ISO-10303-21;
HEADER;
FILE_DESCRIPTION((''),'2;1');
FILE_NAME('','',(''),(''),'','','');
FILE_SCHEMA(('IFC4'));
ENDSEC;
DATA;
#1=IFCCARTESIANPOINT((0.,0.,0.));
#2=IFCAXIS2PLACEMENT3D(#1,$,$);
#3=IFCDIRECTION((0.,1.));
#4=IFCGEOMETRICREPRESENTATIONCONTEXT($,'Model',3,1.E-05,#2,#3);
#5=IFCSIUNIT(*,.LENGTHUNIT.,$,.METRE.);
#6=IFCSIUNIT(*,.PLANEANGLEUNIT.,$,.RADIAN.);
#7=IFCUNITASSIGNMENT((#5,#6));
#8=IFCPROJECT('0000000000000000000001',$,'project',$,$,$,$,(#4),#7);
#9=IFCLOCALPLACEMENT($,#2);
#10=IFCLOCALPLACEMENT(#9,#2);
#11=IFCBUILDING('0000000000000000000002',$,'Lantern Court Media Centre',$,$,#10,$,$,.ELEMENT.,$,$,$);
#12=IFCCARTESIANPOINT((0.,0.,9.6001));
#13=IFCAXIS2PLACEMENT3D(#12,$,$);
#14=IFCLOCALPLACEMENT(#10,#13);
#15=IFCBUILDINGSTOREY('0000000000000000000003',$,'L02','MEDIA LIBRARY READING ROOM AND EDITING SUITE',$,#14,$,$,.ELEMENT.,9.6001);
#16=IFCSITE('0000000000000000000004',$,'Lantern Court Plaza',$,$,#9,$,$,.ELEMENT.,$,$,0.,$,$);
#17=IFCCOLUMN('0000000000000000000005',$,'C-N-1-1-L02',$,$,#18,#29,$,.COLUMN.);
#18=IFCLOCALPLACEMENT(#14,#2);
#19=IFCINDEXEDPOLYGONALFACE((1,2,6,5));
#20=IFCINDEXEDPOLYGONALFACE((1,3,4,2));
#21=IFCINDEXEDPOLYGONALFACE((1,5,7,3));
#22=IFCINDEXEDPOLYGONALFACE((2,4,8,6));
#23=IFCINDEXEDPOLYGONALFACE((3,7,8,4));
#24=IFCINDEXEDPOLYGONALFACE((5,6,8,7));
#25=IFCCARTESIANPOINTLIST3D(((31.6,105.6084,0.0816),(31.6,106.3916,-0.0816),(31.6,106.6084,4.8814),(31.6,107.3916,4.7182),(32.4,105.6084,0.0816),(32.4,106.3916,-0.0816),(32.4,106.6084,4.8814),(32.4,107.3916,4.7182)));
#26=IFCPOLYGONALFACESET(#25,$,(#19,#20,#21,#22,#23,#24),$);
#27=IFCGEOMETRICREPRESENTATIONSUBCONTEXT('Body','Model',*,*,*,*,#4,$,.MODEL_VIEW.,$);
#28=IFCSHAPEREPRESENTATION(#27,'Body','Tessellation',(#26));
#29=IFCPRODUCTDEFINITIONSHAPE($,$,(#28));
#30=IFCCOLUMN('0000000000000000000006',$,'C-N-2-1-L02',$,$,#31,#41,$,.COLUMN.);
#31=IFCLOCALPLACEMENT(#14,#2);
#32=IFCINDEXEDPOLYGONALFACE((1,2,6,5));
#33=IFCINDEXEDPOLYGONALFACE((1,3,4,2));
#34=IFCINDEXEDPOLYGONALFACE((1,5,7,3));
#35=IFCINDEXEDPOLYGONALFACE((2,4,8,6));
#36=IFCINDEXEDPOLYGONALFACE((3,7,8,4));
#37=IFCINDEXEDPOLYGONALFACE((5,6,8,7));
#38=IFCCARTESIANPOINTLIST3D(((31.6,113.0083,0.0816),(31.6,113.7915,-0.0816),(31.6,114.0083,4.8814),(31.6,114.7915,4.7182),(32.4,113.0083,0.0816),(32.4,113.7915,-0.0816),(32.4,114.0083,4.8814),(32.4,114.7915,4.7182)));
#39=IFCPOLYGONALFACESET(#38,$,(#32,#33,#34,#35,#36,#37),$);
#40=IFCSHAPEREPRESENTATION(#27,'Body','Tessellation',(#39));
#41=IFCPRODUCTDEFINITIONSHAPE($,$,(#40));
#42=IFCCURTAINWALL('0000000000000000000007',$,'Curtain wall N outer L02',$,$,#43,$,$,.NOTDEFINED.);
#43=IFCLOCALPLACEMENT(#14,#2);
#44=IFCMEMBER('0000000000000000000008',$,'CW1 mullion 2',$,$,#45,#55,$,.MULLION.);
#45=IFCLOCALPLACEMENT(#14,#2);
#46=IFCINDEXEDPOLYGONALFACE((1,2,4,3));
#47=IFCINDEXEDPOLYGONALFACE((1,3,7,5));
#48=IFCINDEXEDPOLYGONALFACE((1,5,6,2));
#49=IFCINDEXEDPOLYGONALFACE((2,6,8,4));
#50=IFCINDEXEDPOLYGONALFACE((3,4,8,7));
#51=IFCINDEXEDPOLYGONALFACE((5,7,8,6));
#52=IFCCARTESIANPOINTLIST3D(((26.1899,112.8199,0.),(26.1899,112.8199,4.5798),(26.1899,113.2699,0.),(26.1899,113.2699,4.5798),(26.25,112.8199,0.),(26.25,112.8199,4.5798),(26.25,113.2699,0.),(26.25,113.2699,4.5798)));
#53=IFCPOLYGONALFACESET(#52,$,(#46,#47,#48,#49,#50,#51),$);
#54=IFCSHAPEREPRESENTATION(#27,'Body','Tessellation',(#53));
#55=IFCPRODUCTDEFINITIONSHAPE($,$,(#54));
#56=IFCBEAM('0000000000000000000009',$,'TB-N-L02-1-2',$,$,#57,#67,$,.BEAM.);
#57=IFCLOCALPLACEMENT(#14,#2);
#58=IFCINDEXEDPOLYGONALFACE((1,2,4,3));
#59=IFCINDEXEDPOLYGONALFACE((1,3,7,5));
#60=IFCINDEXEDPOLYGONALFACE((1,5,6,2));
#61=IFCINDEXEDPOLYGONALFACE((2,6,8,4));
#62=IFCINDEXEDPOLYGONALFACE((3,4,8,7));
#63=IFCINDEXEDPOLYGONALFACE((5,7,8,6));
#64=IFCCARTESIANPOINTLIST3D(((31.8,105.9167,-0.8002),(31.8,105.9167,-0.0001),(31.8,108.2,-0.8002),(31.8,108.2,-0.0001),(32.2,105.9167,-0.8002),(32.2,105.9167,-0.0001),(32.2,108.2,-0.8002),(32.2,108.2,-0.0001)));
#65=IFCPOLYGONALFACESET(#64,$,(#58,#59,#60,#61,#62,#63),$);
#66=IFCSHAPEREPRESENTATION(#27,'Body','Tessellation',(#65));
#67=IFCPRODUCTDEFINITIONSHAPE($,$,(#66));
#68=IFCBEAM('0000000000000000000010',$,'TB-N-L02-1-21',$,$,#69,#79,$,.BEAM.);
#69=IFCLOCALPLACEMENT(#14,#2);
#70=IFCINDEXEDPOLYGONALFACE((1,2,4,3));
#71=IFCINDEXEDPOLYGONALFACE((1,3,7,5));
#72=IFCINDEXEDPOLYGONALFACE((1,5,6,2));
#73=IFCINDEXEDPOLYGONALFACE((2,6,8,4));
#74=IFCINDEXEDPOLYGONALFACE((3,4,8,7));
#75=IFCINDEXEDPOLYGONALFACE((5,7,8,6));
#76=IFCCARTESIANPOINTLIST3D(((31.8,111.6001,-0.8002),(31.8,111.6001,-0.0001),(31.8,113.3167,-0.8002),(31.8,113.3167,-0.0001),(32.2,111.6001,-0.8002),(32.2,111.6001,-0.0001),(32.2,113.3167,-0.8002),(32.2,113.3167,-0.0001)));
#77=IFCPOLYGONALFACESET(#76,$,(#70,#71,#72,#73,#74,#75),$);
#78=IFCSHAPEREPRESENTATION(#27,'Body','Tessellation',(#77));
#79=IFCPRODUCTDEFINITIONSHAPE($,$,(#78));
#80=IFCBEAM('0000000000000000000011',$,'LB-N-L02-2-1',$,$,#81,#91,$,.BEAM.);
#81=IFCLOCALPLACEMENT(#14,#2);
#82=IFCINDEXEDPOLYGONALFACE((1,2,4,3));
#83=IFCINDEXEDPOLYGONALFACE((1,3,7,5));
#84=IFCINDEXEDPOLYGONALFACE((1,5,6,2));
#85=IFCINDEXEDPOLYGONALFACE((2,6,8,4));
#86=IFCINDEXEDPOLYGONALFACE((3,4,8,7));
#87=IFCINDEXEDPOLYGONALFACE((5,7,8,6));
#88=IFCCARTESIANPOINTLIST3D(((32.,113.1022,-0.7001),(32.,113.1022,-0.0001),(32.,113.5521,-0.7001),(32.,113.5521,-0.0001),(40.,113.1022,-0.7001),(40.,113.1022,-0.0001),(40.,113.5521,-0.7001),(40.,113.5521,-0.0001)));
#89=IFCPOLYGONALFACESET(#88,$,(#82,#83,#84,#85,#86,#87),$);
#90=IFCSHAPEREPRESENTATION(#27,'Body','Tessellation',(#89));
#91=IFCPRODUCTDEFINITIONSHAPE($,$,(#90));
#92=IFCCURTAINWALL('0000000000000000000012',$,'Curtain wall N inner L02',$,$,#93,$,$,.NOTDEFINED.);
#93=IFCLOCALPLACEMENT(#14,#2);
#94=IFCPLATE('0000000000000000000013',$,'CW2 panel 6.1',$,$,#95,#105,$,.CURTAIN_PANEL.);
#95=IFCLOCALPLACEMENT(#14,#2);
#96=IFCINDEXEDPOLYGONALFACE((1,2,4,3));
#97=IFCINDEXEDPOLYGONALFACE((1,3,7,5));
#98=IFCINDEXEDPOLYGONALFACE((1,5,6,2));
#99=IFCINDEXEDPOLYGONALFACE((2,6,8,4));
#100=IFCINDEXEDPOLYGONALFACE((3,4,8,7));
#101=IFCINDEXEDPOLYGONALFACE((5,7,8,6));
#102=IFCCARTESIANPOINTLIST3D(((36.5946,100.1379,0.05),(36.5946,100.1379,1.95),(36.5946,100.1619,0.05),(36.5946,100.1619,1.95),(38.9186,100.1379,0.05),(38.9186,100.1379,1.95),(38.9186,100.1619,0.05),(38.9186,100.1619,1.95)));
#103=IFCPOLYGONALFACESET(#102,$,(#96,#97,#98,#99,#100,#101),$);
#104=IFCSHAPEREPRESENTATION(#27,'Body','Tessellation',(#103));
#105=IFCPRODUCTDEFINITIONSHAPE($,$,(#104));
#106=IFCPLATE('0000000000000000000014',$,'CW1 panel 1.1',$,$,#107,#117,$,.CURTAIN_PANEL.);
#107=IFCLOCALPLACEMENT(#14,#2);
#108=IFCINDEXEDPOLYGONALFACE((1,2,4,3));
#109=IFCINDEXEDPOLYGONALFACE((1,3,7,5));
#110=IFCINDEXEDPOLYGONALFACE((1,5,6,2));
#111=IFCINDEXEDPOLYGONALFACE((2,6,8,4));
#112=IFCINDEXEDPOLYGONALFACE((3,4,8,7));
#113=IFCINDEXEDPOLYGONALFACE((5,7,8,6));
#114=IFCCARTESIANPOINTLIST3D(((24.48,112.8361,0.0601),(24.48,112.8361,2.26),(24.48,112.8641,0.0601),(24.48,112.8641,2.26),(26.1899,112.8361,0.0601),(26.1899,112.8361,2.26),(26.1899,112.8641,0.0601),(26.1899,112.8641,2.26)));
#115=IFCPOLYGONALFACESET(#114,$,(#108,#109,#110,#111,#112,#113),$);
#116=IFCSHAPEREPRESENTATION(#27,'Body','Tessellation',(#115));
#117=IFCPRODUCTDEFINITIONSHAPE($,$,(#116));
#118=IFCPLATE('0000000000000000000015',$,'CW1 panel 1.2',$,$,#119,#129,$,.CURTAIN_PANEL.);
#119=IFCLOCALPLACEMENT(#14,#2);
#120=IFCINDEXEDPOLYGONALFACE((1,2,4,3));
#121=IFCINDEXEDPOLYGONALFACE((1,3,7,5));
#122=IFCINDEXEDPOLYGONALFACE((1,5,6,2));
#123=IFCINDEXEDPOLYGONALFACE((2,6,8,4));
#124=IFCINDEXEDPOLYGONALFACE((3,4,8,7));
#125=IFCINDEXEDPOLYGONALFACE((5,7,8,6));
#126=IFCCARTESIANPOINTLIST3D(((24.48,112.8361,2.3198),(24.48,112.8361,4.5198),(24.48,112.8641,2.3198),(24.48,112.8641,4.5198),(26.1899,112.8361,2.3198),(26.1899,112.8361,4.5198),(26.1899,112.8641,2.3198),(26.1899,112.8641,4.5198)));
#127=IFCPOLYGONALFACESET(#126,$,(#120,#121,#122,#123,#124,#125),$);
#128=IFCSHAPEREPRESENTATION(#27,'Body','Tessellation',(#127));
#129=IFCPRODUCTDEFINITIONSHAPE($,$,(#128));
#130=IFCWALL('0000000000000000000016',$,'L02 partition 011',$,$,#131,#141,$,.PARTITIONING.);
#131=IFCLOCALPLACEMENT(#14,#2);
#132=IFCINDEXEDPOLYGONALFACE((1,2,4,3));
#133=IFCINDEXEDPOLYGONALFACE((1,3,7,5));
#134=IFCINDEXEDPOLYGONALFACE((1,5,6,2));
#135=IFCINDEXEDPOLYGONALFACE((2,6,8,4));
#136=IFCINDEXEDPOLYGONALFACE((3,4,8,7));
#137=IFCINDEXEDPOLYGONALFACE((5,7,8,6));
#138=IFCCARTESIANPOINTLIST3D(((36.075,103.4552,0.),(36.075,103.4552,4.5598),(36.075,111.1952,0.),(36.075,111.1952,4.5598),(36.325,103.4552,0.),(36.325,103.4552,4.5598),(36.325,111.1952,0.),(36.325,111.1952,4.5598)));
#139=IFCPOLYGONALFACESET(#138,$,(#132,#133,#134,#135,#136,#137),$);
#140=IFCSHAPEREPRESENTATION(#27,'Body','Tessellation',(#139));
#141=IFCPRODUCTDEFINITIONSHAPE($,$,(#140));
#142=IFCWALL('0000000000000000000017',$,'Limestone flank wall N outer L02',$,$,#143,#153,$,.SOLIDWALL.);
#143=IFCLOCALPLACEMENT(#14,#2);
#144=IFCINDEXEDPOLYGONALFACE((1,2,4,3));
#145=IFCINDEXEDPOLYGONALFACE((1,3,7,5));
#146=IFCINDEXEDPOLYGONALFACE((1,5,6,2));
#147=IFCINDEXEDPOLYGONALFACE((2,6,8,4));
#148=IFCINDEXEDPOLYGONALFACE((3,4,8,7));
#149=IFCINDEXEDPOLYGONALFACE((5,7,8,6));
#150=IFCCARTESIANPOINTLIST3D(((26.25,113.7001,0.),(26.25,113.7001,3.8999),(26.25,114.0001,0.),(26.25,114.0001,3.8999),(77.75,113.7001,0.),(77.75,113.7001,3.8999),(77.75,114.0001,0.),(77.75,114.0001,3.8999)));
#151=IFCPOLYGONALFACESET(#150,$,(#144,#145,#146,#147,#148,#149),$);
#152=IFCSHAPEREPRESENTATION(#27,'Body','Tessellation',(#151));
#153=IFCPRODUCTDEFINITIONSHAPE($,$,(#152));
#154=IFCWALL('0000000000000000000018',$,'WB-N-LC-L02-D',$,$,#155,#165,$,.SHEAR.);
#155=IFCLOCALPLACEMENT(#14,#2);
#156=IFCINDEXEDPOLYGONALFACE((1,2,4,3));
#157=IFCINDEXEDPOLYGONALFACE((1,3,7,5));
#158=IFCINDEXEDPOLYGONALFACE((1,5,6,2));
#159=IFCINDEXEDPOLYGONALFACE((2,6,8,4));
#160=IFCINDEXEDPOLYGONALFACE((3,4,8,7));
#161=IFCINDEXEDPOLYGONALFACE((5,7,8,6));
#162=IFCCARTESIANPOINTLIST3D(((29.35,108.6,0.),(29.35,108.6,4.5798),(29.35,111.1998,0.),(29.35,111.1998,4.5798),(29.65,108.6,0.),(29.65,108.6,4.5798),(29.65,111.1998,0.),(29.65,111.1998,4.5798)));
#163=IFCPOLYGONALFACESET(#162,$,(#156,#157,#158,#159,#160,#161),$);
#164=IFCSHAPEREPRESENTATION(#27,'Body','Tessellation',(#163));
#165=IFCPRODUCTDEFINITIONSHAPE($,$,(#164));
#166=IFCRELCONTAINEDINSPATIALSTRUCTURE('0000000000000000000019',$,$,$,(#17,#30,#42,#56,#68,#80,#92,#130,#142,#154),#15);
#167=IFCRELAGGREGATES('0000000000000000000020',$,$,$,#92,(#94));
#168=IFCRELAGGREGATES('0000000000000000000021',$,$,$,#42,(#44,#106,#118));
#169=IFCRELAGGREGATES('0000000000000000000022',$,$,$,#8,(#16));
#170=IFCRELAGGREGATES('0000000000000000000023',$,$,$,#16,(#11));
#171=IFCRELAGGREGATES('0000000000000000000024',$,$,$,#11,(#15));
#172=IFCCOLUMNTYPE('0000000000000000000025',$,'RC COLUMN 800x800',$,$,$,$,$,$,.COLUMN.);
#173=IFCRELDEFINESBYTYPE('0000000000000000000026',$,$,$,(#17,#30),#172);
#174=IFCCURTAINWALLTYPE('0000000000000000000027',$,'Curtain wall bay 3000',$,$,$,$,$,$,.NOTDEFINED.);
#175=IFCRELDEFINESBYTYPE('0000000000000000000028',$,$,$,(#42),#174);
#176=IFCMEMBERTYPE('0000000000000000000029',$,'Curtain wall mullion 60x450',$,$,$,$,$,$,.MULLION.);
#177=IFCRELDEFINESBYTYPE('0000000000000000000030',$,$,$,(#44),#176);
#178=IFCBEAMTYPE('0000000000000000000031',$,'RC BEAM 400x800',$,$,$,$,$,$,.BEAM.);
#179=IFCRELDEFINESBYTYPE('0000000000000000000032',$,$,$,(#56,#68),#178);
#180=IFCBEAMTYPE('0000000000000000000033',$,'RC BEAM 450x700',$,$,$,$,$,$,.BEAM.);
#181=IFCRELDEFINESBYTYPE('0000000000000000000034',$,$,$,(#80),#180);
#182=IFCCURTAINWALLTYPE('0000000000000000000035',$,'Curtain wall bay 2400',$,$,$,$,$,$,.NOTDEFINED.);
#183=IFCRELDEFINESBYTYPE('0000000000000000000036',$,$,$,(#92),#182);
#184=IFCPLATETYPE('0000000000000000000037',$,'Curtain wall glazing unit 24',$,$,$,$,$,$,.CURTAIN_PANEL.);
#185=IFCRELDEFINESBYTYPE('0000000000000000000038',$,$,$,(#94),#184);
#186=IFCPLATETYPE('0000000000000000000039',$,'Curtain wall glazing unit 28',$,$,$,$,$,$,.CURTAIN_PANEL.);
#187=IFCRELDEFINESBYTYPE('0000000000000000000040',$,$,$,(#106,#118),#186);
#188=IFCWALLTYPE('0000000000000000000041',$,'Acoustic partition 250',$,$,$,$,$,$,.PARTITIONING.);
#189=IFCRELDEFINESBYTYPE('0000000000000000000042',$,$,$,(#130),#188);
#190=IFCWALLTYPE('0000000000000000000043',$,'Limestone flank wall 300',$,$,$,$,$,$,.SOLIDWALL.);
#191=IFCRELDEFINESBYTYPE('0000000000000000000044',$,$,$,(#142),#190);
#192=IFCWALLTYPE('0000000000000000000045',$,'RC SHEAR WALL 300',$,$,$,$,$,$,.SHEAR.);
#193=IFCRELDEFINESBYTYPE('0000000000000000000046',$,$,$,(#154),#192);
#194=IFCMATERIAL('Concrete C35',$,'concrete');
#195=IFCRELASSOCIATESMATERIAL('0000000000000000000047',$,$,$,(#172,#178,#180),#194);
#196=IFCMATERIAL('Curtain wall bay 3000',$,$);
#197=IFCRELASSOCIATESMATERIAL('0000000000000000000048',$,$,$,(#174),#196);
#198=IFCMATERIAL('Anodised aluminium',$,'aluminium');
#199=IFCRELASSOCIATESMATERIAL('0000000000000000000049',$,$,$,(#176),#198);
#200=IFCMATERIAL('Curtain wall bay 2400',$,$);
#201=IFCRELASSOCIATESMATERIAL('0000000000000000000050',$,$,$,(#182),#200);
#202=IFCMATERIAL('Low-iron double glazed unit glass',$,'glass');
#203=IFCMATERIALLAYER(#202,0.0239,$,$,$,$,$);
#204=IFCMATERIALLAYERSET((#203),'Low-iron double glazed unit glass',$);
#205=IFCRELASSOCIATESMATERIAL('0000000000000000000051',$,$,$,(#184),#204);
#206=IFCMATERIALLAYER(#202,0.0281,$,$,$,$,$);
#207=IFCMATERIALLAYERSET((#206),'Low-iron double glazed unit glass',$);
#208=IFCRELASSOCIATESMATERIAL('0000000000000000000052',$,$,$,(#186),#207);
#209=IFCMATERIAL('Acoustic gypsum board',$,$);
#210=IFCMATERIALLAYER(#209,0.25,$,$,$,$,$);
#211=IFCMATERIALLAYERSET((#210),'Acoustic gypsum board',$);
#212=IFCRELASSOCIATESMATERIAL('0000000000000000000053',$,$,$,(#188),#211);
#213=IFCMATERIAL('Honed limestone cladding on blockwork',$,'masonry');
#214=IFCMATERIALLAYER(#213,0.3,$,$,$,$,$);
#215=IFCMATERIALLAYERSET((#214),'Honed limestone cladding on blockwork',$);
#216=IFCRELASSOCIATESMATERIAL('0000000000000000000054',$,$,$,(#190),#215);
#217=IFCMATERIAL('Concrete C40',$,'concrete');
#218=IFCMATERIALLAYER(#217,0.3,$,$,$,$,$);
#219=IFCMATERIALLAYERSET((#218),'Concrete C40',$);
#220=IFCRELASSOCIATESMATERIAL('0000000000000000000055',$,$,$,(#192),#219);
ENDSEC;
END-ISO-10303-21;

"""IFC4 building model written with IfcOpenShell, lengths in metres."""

from ifc_helpers import new_model, si_unit, direction, frame, frame_2d, origin, origin_2d, place, context, subcontext, project, spatial, rectangle, extrude, material, layer, layer_set, material_profile, profile_set, type_object, element, aggregate, save


model = new_model("IFC4")

# Units and contexts
model_context = context("Model", 3, precision=1e-05, world=origin(), true_north=direction((0.0, 1.0)))
body_context = subcontext(model_context, "Body", "Model", "MODEL_VIEW")
ifc_project = project(units=[si_unit("LENGTHUNIT", "METRE"), si_unit("PLANEANGLEUNIT", "RADIAN")], contexts=[model_context])

# Site, building, storey
site_placement = place(None, origin())
site = spatial("IfcSite", under=ifc_project, at=site_placement, Name="Lantern Court Plaza", CompositionType="ELEMENT", RefElevation=0.0)
building_placement = place(site_placement, origin())
building = spatial("IfcBuilding", under=site, at=building_placement, Name="Lantern Court Media Centre", CompositionType="ELEMENT")
storey_placement = place(building_placement, frame((0.0, 0.0, 9.6001)))
storey = spatial("IfcBuildingStorey", under=building, at=storey_placement, Name="L02", Description="MEDIA LIBRARY READING ROOM AND EDITING SUITE", CompositionType="ELEMENT", Elevation=9.6001)

# Columns
ifc_material_1 = material(Name="Concrete C35", Category="concrete")
ifc_material_profile_1 = material_profile(ifc_material_1, rectangle(XDim=0.8, YDim=0.8, at=origin_2d()), Name="RC 800x800")
ifc_profile_set_1 = profile_set([ifc_material_profile_1], Name="Concrete C35")
column_type = type_object("IfcColumnType", Name="RC COLUMN 800x800", PredefinedType="COLUMN", material=ifc_profile_set_1)
for number, where, z_axis, x_axis, name in (
    (1, (32.0, 106.0, 0.0), (0.0, 0.203962, 0.978979), (-1.0, 0.0, 0.0), "C-N-1-1-L02"),
    (2, (32.0, 113.3999, 0.0), (0.0, 0.203962, 0.978979), (-1.0, 0.0, 0.0), "C-N-2-1-L02"),
):
    element("IfcColumn", number, at=place(storey_placement, frame(where, z_axis=z_axis, x_axis=x_axis)), inside=storey, type_object=column_type, Name=name, PredefinedType="COLUMN", context=body_context, shape_type="SweptSolid", body=[
        extrude(rectangle(XDim=0.8, YDim=0.8, at=origin_2d()), origin(), (0.0, 0.0, 1.0), 4.9028),
    ])

# Curtain wall, member
ifc_material_2 = material(Name="Curtain wall bay 3000")
curtain_wall_type_1 = type_object("IfcCurtainWallType", Name="Curtain wall bay 3000", PredefinedType="NOTDEFINED", material=ifc_material_2)
curtain_wall_1_placement = place(storey_placement, origin())
curtain_wall_1 = element("IfcCurtainWall", 3, at=curtain_wall_1_placement, inside=storey, type_object=curtain_wall_type_1, Name="Curtain wall N outer L02", PredefinedType="NOTDEFINED")
ifc_material_3 = material(Name="Anodised aluminium", Category="aluminium")
ifc_material_profile_2 = material_profile(ifc_material_3, rectangle(XDim=0.45, YDim=0.0601, at=origin_2d()), Name="AL 60x450")
ifc_profile_set_2 = profile_set([ifc_material_profile_2], Name="Anodised aluminium")
member_type = type_object("IfcMemberType", Name="Curtain wall mullion 60x450", PredefinedType="MULLION", material=ifc_profile_set_2)
member_placement = place(storey_placement, frame((26.22, 113.0449, 0.0), z_axis=(0.0, 0.0, 1.0), x_axis=(0.0, 1.0, 0.0)))
member = element("IfcMember", 4, at=member_placement, type_object=member_type, Name="CW1 mullion 2", PredefinedType="MULLION", context=body_context, shape_type="SweptSolid", body=[
    extrude(rectangle(XDim=0.45, YDim=0.0601, at=origin_2d()), origin(), (0.0, 0.0, 1.0), 4.5798),
])

# Beams
ifc_material_profile_3 = material_profile(ifc_material_1, rectangle(XDim=0.3999, YDim=0.8, at=origin_2d()), Name="RC 400x800")
ifc_profile_set_3 = profile_set([ifc_material_profile_3], Name="Concrete C35")
beam_type_1 = type_object("IfcBeamType", Name="RC BEAM 400x800", PredefinedType="BEAM", material=ifc_profile_set_3)
beam_1_placement = place(storey_placement, frame((32.0, 105.9167, -0.4001), z_axis=(0.0, 1.0, 0.0), x_axis=(-1.0, 0.0, 0.0)))
element("IfcBeam", 5, at=beam_1_placement, inside=storey, type_object=beam_type_1, Name="TB-N-L02-1-2", PredefinedType="BEAM", context=body_context, shape_type="SweptSolid", body=[
    extrude(rectangle(XDim=0.3999, YDim=0.8, at=origin_2d()), origin(), (0.0, 0.0, 1.0), 2.2832),
])
beam_2_placement = place(storey_placement, frame((32.0, 111.6001, -0.4001), z_axis=(0.0, 1.0, 0.0), x_axis=(-1.0, 0.0, 0.0)))
element("IfcBeam", 6, at=beam_2_placement, inside=storey, type_object=beam_type_1, Name="TB-N-L02-1-21", PredefinedType="BEAM", context=body_context, shape_type="SweptSolid", body=[
    extrude(rectangle(XDim=0.3999, YDim=0.8, at=origin_2d()), origin(), (0.0, 0.0, 1.0), 1.7166),
])
ifc_material_profile_4 = material_profile(ifc_material_1, rectangle(XDim=0.45, YDim=0.7, at=origin_2d()), Name="RC 450x700")
ifc_profile_set_4 = profile_set([ifc_material_profile_4], Name="Concrete C35")
beam_type_2 = type_object("IfcBeamType", Name="RC BEAM 450x700", PredefinedType="BEAM", material=ifc_profile_set_4)
beam_3_placement = place(storey_placement, frame((32.0, 113.3271, -0.3501), z_axis=(1.0, 0.0, 0.0), x_axis=(0.0, 1.0, 0.0)))
element("IfcBeam", 7, at=beam_3_placement, inside=storey, type_object=beam_type_2, Name="LB-N-L02-2-1", PredefinedType="BEAM", context=body_context, shape_type="SweptSolid", body=[
    extrude(rectangle(XDim=0.45, YDim=0.7, at=origin_2d()), origin(), (0.0, 0.0, 1.0), 8.0),
])

# Curtain wall, plate
ifc_material_4 = material(Name="Curtain wall bay 2400")
curtain_wall_type_2 = type_object("IfcCurtainWallType", Name="Curtain wall bay 2400", PredefinedType="NOTDEFINED", material=ifc_material_4)
curtain_wall_2_placement = place(storey_placement, origin())
curtain_wall_2 = element("IfcCurtainWall", 8, at=curtain_wall_2_placement, inside=storey, type_object=curtain_wall_type_2, Name="Curtain wall N inner L02", PredefinedType="NOTDEFINED")
ifc_material_5 = material(Name="Low-iron double glazed unit glass", Category="glass")
ifc_layer_1 = layer(ifc_material_5, 0.0239)
ifc_layer_set_1 = layer_set([ifc_layer_1], Name="Low-iron double glazed unit glass")
plate_type_1 = type_object("IfcPlateType", Name="Curtain wall glazing unit 24", PredefinedType="CURTAIN_PANEL", material=ifc_layer_set_1)
plate_1_placement = place(storey_placement, frame((37.7566, 100.1499, 0.05), z_axis=(0.0, 0.0, 1.0), x_axis=(1.0, 0.0, 0.0)))
plate_1 = element("IfcPlate", 9, at=plate_1_placement, type_object=plate_type_1, Name="CW2 panel 6.1", PredefinedType="CURTAIN_PANEL", context=body_context, shape_type="SweptSolid", body=[
    extrude(rectangle(XDim=2.324, YDim=0.0239, at=origin_2d()), origin(), (0.0, 0.0, 1.0), 1.8999),
])
aggregate(curtain_wall_2, [plate_1])

# Plates
ifc_layer_2 = layer(ifc_material_5, 0.0281)
ifc_layer_set_2 = layer_set([ifc_layer_2], Name="Low-iron double glazed unit glass")
plate_type_2 = type_object("IfcPlateType", Name="Curtain wall glazing unit 28", PredefinedType="CURTAIN_PANEL", material=ifc_layer_set_2)
plate_2_placement = place(storey_placement, frame((25.335, 112.8501, 0.0601), z_axis=(0.0, 0.0, 1.0), x_axis=(1.0, 0.0, 0.0)))
plate_2 = element("IfcPlate", 10, at=plate_2_placement, type_object=plate_type_2, Name="CW1 panel 1.1", PredefinedType="CURTAIN_PANEL", context=body_context, shape_type="SweptSolid", body=[
    extrude(rectangle(XDim=1.71, YDim=0.0281, at=origin_2d()), origin(), (0.0, 0.0, 1.0), 2.2),
])
plate_3_placement = place(storey_placement, frame((25.335, 112.8501, 2.3198), z_axis=(0.0, 0.0, 1.0), x_axis=(1.0, 0.0, 0.0)))
plate_3 = element("IfcPlate", 11, at=plate_3_placement, type_object=plate_type_2, Name="CW1 panel 1.2", PredefinedType="CURTAIN_PANEL", context=body_context, shape_type="SweptSolid", body=[
    extrude(rectangle(XDim=1.71, YDim=0.0281, at=origin_2d()), origin(), (0.0, 0.0, 1.0), 2.2),
])
aggregate(curtain_wall_1, [member, plate_2, plate_3])

# Walls
ifc_material_6 = material(Name="Acoustic gypsum board")
ifc_layer_3 = layer(ifc_material_6, 0.25)
ifc_layer_set_3 = layer_set([ifc_layer_3], Name="Acoustic gypsum board")
wall_type_1 = type_object("IfcWallType", Name="Acoustic partition 250", PredefinedType="PARTITIONING", material=ifc_layer_set_3)
wall_1_placement = place(storey_placement, frame((36.2, 103.4551, 0.0), z_axis=(0.0, 0.0, 1.0), x_axis=(0.0, 1.0, 0.0)))
element("IfcWall", 12, at=wall_1_placement, inside=storey, type_object=wall_type_1, Name="L02 partition 011", PredefinedType="PARTITIONING", context=body_context, shape_type="SweptSolid", body=[
    extrude(rectangle(XDim=7.74, YDim=0.25, at=frame_2d((3.8701, 0.0))), origin(), (0.0, 0.0, 1.0), 4.5598),
])
ifc_material_7 = material(Name="Honed limestone cladding on blockwork", Category="masonry")
ifc_layer_4 = layer(ifc_material_7, 0.3)
ifc_layer_set_4 = layer_set([ifc_layer_4], Name="Honed limestone cladding on blockwork")
wall_type_2 = type_object("IfcWallType", Name="Limestone flank wall 300", PredefinedType="SOLIDWALL", material=ifc_layer_set_4)
wall_2_placement = place(storey_placement, frame((26.25, 113.8501, 0.0), z_axis=(0.0, 0.0, 1.0), x_axis=(1.0, 0.0, 0.0)))
element("IfcWall", 13, at=wall_2_placement, inside=storey, type_object=wall_type_2, Name="Limestone flank wall N outer L02", PredefinedType="SOLIDWALL", context=body_context, shape_type="SweptSolid", body=[
    extrude(rectangle(XDim=51.5, YDim=0.3, at=frame_2d((25.75, 0.0))), origin(), (0.0, 0.0, 1.0), 3.8999),
])
ifc_material_8 = material(Name="Concrete C40", Category="concrete")
ifc_layer_5 = layer(ifc_material_8, 0.3)
ifc_layer_set_5 = layer_set([ifc_layer_5], Name="Concrete C40")
wall_type_3 = type_object("IfcWallType", Name="RC SHEAR WALL 300", PredefinedType="SHEAR", material=ifc_layer_set_5)
wall_3_placement = place(storey_placement, frame((29.5, 108.6001, 0.0), z_axis=(0.0, 0.0, 1.0), x_axis=(0.0, 1.0, 0.0)))
element("IfcWall", 14, at=wall_3_placement, inside=storey, type_object=wall_type_3, Name="WB-N-LC-L02-D", PredefinedType="SHEAR", context=body_context, shape_type="SweptSolid", body=[
    extrude(rectangle(XDim=2.5999, YDim=0.3, at=frame_2d((1.2998, 0.0))), origin(), (0.0, 0.0, 1.0), 4.5798),
])

save(model, "model.ifc")
